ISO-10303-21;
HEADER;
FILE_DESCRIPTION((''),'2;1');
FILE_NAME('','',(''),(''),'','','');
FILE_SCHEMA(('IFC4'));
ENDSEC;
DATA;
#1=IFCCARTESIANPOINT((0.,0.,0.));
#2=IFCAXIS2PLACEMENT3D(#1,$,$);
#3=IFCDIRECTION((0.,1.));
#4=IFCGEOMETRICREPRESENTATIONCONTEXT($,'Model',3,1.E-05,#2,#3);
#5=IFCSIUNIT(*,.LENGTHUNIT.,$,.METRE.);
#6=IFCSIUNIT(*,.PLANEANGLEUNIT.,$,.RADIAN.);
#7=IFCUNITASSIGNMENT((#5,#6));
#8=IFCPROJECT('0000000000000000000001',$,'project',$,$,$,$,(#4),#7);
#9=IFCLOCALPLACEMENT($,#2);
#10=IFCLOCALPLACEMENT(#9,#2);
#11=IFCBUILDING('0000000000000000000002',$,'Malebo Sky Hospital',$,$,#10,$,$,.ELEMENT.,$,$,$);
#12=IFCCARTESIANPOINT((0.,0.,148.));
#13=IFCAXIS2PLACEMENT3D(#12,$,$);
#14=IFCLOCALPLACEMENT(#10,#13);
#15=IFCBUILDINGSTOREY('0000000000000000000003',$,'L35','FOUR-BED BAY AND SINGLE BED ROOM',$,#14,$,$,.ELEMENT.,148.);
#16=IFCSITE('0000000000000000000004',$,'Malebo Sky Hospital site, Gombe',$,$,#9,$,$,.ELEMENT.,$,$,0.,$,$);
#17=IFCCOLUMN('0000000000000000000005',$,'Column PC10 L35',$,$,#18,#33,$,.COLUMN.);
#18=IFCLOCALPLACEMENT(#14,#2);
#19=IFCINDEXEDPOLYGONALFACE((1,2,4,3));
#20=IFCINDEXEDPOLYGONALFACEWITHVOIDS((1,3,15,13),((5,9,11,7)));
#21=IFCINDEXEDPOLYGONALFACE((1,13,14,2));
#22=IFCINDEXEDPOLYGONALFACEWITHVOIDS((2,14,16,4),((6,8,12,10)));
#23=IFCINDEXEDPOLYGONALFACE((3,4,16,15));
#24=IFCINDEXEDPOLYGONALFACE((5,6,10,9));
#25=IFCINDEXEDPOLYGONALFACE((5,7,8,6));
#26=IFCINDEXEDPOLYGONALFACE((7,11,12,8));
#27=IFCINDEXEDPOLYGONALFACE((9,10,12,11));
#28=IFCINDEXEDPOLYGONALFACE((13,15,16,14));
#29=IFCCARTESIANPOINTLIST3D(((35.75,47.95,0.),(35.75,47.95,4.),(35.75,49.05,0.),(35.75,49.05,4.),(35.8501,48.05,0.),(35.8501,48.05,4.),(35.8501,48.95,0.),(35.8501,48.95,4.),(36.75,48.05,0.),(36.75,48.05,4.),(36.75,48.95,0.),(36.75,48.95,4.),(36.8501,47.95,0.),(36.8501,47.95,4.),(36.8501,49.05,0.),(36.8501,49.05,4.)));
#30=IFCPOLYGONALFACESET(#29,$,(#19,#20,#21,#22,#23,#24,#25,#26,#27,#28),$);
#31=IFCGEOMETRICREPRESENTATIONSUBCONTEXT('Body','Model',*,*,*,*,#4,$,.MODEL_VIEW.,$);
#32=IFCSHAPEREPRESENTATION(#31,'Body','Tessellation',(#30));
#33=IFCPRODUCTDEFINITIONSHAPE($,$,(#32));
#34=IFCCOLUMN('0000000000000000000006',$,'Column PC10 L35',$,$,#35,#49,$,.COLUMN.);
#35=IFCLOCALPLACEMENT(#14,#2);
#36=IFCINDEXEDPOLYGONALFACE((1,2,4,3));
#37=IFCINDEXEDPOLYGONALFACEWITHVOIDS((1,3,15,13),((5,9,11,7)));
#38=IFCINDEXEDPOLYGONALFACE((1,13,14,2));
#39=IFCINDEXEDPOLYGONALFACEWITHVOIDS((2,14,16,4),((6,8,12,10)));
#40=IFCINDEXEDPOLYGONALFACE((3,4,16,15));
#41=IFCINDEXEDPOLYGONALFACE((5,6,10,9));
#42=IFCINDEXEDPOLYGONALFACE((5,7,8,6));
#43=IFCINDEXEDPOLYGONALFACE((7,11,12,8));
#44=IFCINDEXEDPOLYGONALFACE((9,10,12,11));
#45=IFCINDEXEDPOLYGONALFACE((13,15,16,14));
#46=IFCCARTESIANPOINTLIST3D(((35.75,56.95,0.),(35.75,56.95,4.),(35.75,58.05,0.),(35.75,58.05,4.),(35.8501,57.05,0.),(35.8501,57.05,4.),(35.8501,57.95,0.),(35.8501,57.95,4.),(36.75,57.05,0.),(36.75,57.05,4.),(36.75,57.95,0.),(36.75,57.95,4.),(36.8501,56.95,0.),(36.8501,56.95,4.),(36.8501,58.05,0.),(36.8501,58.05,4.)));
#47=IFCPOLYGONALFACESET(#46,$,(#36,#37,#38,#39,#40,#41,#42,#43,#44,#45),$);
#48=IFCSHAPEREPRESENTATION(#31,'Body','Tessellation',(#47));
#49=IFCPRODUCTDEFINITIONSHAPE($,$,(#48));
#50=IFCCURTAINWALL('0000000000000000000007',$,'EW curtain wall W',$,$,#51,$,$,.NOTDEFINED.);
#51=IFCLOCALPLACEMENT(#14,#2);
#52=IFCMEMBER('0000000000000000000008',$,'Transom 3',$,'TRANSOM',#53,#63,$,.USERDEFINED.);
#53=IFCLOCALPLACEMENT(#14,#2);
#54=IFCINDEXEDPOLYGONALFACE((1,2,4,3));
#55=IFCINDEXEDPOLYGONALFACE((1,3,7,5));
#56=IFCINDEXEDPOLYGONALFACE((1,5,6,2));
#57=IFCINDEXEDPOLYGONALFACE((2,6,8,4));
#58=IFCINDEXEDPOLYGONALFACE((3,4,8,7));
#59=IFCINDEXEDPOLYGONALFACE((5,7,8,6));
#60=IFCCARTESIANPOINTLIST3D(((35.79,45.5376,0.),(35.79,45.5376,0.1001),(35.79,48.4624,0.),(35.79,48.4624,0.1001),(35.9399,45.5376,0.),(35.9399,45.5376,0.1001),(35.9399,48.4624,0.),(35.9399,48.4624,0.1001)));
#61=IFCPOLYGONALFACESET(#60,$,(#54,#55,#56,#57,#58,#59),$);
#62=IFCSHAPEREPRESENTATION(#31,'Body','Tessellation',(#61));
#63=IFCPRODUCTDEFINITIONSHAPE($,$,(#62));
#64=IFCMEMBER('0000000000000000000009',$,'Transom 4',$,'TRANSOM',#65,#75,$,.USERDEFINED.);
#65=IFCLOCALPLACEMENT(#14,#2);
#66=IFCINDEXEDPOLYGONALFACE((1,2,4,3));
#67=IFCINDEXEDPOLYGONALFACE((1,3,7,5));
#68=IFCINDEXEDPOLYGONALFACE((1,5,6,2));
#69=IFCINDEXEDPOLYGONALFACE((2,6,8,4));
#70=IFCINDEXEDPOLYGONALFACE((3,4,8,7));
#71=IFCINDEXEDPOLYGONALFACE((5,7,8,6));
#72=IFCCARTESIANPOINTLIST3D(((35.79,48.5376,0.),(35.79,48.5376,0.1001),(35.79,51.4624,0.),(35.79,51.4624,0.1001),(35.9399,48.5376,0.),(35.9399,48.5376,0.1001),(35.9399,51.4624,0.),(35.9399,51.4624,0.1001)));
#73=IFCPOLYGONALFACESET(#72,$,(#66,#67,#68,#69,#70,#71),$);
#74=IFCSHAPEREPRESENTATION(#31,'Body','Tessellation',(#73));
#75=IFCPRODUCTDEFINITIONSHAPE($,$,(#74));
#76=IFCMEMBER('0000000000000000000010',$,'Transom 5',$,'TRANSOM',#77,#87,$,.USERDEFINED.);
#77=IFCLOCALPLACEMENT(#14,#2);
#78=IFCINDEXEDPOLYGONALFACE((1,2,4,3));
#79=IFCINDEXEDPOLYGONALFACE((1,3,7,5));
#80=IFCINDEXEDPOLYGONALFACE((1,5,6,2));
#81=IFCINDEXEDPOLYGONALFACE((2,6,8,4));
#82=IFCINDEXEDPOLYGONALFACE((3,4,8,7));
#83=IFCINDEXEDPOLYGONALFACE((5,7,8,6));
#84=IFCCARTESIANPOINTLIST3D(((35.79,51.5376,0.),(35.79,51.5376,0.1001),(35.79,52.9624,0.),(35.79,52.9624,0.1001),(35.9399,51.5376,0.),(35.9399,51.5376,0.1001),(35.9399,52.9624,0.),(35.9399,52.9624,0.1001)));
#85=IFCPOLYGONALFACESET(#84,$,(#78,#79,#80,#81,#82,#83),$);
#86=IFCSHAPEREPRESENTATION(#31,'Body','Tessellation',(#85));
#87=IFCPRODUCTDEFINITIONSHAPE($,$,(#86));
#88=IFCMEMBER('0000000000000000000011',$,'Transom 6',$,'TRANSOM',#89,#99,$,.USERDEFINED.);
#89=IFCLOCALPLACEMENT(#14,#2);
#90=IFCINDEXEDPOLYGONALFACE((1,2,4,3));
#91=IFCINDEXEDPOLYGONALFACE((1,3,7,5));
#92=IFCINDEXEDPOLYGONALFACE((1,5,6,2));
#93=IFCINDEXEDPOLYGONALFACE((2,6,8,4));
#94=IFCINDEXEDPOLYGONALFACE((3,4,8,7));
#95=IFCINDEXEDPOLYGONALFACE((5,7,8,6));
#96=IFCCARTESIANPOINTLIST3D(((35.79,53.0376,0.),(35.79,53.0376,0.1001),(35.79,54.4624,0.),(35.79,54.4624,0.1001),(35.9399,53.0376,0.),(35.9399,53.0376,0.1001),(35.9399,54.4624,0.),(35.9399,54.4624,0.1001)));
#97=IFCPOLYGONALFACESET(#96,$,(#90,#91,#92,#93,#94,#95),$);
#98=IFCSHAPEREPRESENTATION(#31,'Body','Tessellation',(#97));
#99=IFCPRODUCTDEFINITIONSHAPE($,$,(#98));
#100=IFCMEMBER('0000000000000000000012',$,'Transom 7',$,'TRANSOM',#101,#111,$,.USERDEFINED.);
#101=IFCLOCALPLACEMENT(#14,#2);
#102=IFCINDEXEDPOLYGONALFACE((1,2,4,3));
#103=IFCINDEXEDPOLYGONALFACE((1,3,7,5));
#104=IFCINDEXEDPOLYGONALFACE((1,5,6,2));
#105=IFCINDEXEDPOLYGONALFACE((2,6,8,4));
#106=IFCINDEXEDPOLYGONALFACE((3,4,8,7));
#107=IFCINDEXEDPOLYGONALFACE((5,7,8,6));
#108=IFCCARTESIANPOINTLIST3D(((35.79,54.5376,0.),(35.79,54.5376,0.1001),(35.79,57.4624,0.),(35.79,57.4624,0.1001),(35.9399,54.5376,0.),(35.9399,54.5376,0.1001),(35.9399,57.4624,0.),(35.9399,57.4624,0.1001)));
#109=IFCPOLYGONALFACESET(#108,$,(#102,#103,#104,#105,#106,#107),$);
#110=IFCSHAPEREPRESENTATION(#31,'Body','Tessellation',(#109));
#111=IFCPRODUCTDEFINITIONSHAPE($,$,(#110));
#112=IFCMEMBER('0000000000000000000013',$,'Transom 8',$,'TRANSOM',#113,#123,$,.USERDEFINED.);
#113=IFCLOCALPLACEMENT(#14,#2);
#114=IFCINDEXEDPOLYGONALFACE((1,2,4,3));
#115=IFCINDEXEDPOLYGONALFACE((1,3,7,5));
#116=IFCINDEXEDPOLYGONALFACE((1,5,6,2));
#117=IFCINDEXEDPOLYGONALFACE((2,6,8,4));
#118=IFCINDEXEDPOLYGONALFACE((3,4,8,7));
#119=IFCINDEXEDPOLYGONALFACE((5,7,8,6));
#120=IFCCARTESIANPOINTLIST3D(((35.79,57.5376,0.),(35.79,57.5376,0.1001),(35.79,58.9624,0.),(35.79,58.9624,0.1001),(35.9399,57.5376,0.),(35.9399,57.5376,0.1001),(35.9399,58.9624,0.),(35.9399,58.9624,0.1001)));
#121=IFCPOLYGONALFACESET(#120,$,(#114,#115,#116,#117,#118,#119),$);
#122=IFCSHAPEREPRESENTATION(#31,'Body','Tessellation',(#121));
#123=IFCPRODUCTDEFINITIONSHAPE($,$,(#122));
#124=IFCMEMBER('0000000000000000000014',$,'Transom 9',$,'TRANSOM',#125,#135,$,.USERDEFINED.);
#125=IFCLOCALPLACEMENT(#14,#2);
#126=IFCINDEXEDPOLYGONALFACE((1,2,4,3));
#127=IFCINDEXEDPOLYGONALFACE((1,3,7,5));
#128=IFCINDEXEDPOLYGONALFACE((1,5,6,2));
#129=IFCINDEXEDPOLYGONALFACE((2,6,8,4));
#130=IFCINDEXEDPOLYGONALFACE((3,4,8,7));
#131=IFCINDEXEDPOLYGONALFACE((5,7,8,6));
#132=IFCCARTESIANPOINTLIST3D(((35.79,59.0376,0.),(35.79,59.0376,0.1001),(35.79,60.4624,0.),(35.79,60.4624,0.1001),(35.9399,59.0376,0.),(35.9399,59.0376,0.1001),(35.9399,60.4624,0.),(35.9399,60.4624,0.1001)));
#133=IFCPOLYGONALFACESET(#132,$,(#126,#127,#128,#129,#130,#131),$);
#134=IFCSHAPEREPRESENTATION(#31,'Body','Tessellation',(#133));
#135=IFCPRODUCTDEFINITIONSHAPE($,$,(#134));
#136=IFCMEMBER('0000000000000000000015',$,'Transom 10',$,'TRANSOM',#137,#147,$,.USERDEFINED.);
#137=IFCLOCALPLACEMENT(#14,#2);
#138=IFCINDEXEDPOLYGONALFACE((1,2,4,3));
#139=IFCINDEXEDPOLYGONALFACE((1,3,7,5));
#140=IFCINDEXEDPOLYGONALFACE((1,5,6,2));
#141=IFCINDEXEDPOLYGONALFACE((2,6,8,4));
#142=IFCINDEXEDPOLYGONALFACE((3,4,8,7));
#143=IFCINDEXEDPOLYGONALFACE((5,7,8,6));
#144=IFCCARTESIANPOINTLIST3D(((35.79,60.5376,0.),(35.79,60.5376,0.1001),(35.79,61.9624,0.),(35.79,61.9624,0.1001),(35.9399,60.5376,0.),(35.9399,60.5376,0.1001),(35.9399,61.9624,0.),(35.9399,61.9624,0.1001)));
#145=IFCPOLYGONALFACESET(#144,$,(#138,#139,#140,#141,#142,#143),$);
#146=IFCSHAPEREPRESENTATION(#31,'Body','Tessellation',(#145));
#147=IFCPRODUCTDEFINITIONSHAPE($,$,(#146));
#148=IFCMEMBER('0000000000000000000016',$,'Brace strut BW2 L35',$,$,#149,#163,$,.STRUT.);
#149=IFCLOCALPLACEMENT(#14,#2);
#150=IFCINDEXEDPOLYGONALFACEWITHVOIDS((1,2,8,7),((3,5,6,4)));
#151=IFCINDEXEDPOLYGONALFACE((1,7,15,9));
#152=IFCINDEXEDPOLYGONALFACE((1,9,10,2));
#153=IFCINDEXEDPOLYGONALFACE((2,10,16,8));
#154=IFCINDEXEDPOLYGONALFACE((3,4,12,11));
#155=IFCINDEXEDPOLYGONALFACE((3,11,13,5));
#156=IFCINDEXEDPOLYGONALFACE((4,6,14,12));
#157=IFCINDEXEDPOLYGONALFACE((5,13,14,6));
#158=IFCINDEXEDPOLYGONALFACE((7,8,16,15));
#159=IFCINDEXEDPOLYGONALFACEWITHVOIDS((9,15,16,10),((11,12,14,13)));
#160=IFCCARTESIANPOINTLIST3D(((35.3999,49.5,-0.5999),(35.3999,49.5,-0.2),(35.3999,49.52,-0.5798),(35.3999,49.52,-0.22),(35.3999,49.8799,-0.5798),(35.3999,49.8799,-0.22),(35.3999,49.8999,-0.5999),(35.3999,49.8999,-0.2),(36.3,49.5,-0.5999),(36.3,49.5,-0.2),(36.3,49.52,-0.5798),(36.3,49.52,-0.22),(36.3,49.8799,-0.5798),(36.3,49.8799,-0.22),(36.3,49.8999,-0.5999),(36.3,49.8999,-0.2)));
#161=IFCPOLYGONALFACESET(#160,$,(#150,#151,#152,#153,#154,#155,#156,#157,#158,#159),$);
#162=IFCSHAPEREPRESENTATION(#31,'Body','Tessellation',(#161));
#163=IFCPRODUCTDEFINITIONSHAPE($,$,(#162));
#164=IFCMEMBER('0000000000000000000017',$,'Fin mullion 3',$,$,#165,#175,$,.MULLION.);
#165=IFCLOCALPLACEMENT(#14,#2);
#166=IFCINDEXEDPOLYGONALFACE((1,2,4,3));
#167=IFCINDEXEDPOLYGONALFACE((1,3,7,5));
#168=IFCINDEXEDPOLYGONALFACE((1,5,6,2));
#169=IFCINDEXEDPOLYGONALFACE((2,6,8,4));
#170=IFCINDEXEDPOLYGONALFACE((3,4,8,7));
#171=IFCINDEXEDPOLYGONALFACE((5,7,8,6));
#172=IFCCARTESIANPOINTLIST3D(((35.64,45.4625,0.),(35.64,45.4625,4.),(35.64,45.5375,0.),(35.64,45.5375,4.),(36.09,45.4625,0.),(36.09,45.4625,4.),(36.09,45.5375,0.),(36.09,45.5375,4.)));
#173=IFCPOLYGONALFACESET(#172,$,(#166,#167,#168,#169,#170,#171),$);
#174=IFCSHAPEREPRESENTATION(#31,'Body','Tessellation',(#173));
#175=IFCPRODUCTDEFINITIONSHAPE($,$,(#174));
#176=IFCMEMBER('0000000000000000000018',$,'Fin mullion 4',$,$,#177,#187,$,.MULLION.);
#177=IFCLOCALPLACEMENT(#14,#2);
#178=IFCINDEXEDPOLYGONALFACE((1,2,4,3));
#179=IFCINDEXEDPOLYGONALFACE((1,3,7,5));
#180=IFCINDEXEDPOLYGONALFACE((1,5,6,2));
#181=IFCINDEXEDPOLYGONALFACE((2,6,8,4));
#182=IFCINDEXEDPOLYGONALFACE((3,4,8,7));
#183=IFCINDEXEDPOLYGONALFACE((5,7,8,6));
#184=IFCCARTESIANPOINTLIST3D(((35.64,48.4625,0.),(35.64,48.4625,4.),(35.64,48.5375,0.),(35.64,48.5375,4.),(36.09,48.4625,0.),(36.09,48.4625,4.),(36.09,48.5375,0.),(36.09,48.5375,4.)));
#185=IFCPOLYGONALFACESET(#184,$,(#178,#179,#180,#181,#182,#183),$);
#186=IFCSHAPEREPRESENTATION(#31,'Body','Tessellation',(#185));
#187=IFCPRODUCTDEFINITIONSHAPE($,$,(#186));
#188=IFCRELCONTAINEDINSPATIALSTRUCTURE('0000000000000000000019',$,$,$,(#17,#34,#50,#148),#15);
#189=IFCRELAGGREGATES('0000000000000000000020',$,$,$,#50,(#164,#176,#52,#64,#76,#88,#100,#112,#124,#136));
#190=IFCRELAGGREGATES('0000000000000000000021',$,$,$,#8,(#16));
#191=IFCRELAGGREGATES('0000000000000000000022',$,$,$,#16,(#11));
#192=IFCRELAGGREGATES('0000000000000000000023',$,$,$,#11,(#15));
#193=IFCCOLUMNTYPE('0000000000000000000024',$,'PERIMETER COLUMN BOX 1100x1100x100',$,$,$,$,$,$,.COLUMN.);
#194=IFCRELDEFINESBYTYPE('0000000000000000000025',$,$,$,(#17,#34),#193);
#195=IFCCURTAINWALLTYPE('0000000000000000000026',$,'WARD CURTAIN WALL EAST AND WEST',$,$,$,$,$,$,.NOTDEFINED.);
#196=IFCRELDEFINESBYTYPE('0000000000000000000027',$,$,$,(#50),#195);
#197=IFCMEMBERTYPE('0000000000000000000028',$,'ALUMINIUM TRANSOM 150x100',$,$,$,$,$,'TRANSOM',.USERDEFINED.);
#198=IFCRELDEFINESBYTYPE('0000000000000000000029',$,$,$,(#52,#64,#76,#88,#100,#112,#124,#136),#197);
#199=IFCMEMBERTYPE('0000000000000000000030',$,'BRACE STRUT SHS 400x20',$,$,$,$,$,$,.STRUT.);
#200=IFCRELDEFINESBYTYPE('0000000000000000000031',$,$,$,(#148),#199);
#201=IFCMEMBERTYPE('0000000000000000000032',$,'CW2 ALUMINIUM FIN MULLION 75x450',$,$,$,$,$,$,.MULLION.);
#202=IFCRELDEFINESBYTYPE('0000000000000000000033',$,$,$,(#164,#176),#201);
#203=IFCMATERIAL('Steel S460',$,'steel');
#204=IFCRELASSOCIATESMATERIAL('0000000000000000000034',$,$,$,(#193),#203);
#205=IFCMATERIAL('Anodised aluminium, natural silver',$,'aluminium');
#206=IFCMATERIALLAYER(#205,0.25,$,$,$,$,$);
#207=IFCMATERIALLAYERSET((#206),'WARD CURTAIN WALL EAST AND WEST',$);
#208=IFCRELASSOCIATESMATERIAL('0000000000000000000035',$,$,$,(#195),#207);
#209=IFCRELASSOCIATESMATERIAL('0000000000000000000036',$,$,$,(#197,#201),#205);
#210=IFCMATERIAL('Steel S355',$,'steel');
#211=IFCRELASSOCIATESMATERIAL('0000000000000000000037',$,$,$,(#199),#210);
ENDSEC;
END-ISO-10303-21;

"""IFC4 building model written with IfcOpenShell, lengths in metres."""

from ifc_helpers import new_model, si_unit, direction, frame, origin, origin_2d, place, context, subcontext, project, spatial, rectangle, hollow_rectangle, extrude, material, layer, layer_set, material_profile, profile_set, type_object, element, aggregate, save


model = new_model("IFC4")

# Units and contexts
model_context = context("Model", 3, precision=1e-05, world=origin(), true_north=direction((0.0, 1.0)))
body_context = subcontext(model_context, "Body", "Model", "MODEL_VIEW")
ifc_project = project(units=[si_unit("LENGTHUNIT", "METRE"), si_unit("PLANEANGLEUNIT", "RADIAN")], contexts=[model_context])

# Site, building, storey
site_placement = place(None, origin())
site = spatial("IfcSite", under=ifc_project, at=site_placement, Name="Malebo Sky Hospital site, Gombe", CompositionType="ELEMENT", RefElevation=0.0)
building_placement = place(site_placement, origin())
building = spatial("IfcBuilding", under=site, at=building_placement, Name="Malebo Sky Hospital", CompositionType="ELEMENT")
storey_placement = place(building_placement, frame((0.0, 0.0, 148.0)))
storey = spatial("IfcBuildingStorey", under=building, at=storey_placement, Name="L35", Description="FOUR-BED BAY AND SINGLE BED ROOM", CompositionType="ELEMENT", Elevation=148.0)

# Columns
ifc_material_1 = material(Name="Steel S460", Category="steel")
ifc_material_profile_1 = material_profile(ifc_material_1, hollow_rectangle(XDim=1.1001, YDim=1.1001, WallThickness=0.1001, at=origin_2d()), Name="BOX 1100x1100x100")
ifc_profile_set_1 = profile_set([ifc_material_profile_1], Name="Steel S460")
column_type = type_object("IfcColumnType", Name="PERIMETER COLUMN BOX 1100x1100x100", PredefinedType="COLUMN", material=ifc_profile_set_1)
for number, where, z_axis, x_axis, name in (
    (1, (36.3, 48.5, 0.0), (0.0, 0.0, 1.0), (1.0, 0.0, 0.0), "Column PC10 L35"),
    (2, (36.3, 57.5, 0.0), (0.0, 0.0, 1.0), (1.0, 0.0, 0.0), "Column PC10 L35"),
):
    element("IfcColumn", number, at=place(storey_placement, frame(where, z_axis=z_axis, x_axis=x_axis)), inside=storey, type_object=column_type, Name=name, PredefinedType="COLUMN", context=body_context, shape_type="SweptSolid", body=[
        extrude(hollow_rectangle(XDim=1.1001, YDim=1.1001, WallThickness=0.1001, at=origin_2d()), origin(), (0.0, 0.0, 1.0), 4.0),
    ])

# Curtain wall, members
ifc_material_2 = material(Name="Anodised aluminium, natural silver", Category="aluminium")
ifc_layer_1 = layer(ifc_material_2, 0.25)
ifc_layer_set_1 = layer_set([ifc_layer_1], Name="WARD CURTAIN WALL EAST AND WEST")
curtain_wall_type = type_object("IfcCurtainWallType", Name="WARD CURTAIN WALL EAST AND WEST", PredefinedType="NOTDEFINED", material=ifc_layer_set_1)
curtain_wall_placement = place(storey_placement, origin())
curtain_wall = element("IfcCurtainWall", 3, at=curtain_wall_placement, inside=storey, type_object=curtain_wall_type, Name="EW curtain wall W", PredefinedType="NOTDEFINED")
ifc_material_profile_2 = material_profile(ifc_material_2, rectangle(XDim=0.1499, YDim=0.1001, at=origin_2d()), Name="ALUMINIUM TRANSOM 150x100")
ifc_profile_set_2 = profile_set([ifc_material_profile_2], Name="Anodised aluminium, natural silver")
member_type_1 = type_object("IfcMemberType", Name="ALUMINIUM TRANSOM 150x100", ElementType="TRANSOM", PredefinedType="USERDEFINED", material=ifc_profile_set_2)
member_1_placement = place(storey_placement, frame((35.865, 45.5376, 0.05), z_axis=(0.0, 1.0, 0.0), x_axis=(-1.0, 0.0, 0.0)))
member_1 = element("IfcMember", 4, at=member_1_placement, type_object=member_type_1, Name="Transom 3", ObjectType="TRANSOM", PredefinedType="USERDEFINED", context=body_context, shape_type="SweptSolid", body=[
    extrude(rectangle(XDim=0.1499, YDim=0.1001, at=origin_2d()), origin(), (0.0, 0.0, 1.0), 2.9248),
])
member_2_placement = place(storey_placement, frame((35.865, 48.5376, 0.05), z_axis=(0.0, 1.0, 0.0), x_axis=(-1.0, 0.0, 0.0)))
member_2 = element("IfcMember", 5, at=member_2_placement, type_object=member_type_1, Name="Transom 4", ObjectType="TRANSOM", PredefinedType="USERDEFINED", context=body_context, shape_type="SweptSolid", body=[
    extrude(rectangle(XDim=0.1499, YDim=0.1001, at=origin_2d()), origin(), (0.0, 0.0, 1.0), 2.9248),
])
member_3_placement = place(storey_placement, frame((35.865, 51.5376, 0.05), z_axis=(0.0, 1.0, 0.0), x_axis=(-1.0, 0.0, 0.0)))
member_3 = element("IfcMember", 6, at=member_3_placement, type_object=member_type_1, Name="Transom 5", ObjectType="TRANSOM", PredefinedType="USERDEFINED", context=body_context, shape_type="SweptSolid", body=[
    extrude(rectangle(XDim=0.1499, YDim=0.1001, at=origin_2d()), origin(), (0.0, 0.0, 1.0), 1.4248),
])
member_4_placement = place(storey_placement, frame((35.865, 53.0376, 0.05), z_axis=(0.0, 1.0, 0.0), x_axis=(-1.0, 0.0, 0.0)))
member_4 = element("IfcMember", 7, at=member_4_placement, type_object=member_type_1, Name="Transom 6", ObjectType="TRANSOM", PredefinedType="USERDEFINED", context=body_context, shape_type="SweptSolid", body=[
    extrude(rectangle(XDim=0.1499, YDim=0.1001, at=origin_2d()), origin(), (0.0, 0.0, 1.0), 1.4248),
])
member_5_placement = place(storey_placement, frame((35.865, 54.5376, 0.05), z_axis=(0.0, 1.0, 0.0), x_axis=(-1.0, 0.0, 0.0)))
member_5 = element("IfcMember", 8, at=member_5_placement, type_object=member_type_1, Name="Transom 7", ObjectType="TRANSOM", PredefinedType="USERDEFINED", context=body_context, shape_type="SweptSolid", body=[
    extrude(rectangle(XDim=0.1499, YDim=0.1001, at=origin_2d()), origin(), (0.0, 0.0, 1.0), 2.9248),
])
member_6_placement = place(storey_placement, frame((35.865, 57.5376, 0.05), z_axis=(0.0, 1.0, 0.0), x_axis=(-1.0, 0.0, 0.0)))
member_6 = element("IfcMember", 9, at=member_6_placement, type_object=member_type_1, Name="Transom 8", ObjectType="TRANSOM", PredefinedType="USERDEFINED", context=body_context, shape_type="SweptSolid", body=[
    extrude(rectangle(XDim=0.1499, YDim=0.1001, at=origin_2d()), origin(), (0.0, 0.0, 1.0), 1.4248),
])
member_7_placement = place(storey_placement, frame((35.865, 59.0376, 0.05), z_axis=(0.0, 1.0, 0.0), x_axis=(-1.0, 0.0, 0.0)))
member_7 = element("IfcMember", 10, at=member_7_placement, type_object=member_type_1, Name="Transom 9", ObjectType="TRANSOM", PredefinedType="USERDEFINED", context=body_context, shape_type="SweptSolid", body=[
    extrude(rectangle(XDim=0.1499, YDim=0.1001, at=origin_2d()), origin(), (0.0, 0.0, 1.0), 1.4248),
])
member_8_placement = place(storey_placement, frame((35.865, 60.5376, 0.05), z_axis=(0.0, 1.0, 0.0), x_axis=(-1.0, 0.0, 0.0)))
member_8 = element("IfcMember", 11, at=member_8_placement, type_object=member_type_1, Name="Transom 10", ObjectType="TRANSOM", PredefinedType="USERDEFINED", context=body_context, shape_type="SweptSolid", body=[
    extrude(rectangle(XDim=0.1499, YDim=0.1001, at=origin_2d()), origin(), (0.0, 0.0, 1.0), 1.4248),
])

# Members
ifc_material_3 = material(Name="Steel S355", Category="steel")
ifc_material_profile_3 = material_profile(ifc_material_3, hollow_rectangle(XDim=0.3999, YDim=0.3999, WallThickness=0.02, at=origin_2d()), Name="SHS 400x20")
ifc_profile_set_3 = profile_set([ifc_material_profile_3], Name="Steel S355")
member_type_2 = type_object("IfcMemberType", Name="BRACE STRUT SHS 400x20", PredefinedType="STRUT", material=ifc_profile_set_3)
member_9_placement = place(storey_placement, frame((35.3999, 49.7, -0.3999), z_axis=(1.0, 0.0, 0.0), x_axis=(0.0, 1.0, 0.0)))
element("IfcMember", 12, at=member_9_placement, inside=storey, type_object=member_type_2, Name="Brace strut BW2 L35", PredefinedType="STRUT", context=body_context, shape_type="SweptSolid", body=[
    extrude(hollow_rectangle(XDim=0.3999, YDim=0.3999, WallThickness=0.02, at=origin_2d()), origin(), (0.0, 0.0, 1.0), 0.9001),
])
ifc_material_profile_4 = material_profile(ifc_material_2, rectangle(XDim=0.075, YDim=0.45, at=origin_2d()), Name="CW2 ALUMINIUM FIN MULLION 75x450")
ifc_profile_set_4 = profile_set([ifc_material_profile_4], Name="Anodised aluminium, natural silver")
member_type_3 = type_object("IfcMemberType", Name="CW2 ALUMINIUM FIN MULLION 75x450", PredefinedType="MULLION", material=ifc_profile_set_4)
member_10_placement = place(storey_placement, frame((35.865, 45.5, 0.0), z_axis=(0.0, 0.0, 1.0), x_axis=(0.0, 1.0, 0.0)))
member_10 = element("IfcMember", 13, at=member_10_placement, type_object=member_type_3, Name="Fin mullion 3", PredefinedType="MULLION", context=body_context, shape_type="SweptSolid", body=[
    extrude(rectangle(XDim=0.075, YDim=0.45, at=origin_2d()), origin(), (0.0, 0.0, 1.0), 4.0),
])
member_11_placement = place(storey_placement, frame((35.865, 48.5, 0.0), z_axis=(0.0, 0.0, 1.0), x_axis=(0.0, 1.0, 0.0)))
member_11 = element("IfcMember", 14, at=member_11_placement, type_object=member_type_3, Name="Fin mullion 4", PredefinedType="MULLION", context=body_context, shape_type="SweptSolid", body=[
    extrude(rectangle(XDim=0.075, YDim=0.45, at=origin_2d()), origin(), (0.0, 0.0, 1.0), 4.0),
])

aggregate(curtain_wall, [member_10, member_11, member_1, member_2, member_3, member_4, member_5, member_6, member_7, member_8])

save(model, "model.ifc")
